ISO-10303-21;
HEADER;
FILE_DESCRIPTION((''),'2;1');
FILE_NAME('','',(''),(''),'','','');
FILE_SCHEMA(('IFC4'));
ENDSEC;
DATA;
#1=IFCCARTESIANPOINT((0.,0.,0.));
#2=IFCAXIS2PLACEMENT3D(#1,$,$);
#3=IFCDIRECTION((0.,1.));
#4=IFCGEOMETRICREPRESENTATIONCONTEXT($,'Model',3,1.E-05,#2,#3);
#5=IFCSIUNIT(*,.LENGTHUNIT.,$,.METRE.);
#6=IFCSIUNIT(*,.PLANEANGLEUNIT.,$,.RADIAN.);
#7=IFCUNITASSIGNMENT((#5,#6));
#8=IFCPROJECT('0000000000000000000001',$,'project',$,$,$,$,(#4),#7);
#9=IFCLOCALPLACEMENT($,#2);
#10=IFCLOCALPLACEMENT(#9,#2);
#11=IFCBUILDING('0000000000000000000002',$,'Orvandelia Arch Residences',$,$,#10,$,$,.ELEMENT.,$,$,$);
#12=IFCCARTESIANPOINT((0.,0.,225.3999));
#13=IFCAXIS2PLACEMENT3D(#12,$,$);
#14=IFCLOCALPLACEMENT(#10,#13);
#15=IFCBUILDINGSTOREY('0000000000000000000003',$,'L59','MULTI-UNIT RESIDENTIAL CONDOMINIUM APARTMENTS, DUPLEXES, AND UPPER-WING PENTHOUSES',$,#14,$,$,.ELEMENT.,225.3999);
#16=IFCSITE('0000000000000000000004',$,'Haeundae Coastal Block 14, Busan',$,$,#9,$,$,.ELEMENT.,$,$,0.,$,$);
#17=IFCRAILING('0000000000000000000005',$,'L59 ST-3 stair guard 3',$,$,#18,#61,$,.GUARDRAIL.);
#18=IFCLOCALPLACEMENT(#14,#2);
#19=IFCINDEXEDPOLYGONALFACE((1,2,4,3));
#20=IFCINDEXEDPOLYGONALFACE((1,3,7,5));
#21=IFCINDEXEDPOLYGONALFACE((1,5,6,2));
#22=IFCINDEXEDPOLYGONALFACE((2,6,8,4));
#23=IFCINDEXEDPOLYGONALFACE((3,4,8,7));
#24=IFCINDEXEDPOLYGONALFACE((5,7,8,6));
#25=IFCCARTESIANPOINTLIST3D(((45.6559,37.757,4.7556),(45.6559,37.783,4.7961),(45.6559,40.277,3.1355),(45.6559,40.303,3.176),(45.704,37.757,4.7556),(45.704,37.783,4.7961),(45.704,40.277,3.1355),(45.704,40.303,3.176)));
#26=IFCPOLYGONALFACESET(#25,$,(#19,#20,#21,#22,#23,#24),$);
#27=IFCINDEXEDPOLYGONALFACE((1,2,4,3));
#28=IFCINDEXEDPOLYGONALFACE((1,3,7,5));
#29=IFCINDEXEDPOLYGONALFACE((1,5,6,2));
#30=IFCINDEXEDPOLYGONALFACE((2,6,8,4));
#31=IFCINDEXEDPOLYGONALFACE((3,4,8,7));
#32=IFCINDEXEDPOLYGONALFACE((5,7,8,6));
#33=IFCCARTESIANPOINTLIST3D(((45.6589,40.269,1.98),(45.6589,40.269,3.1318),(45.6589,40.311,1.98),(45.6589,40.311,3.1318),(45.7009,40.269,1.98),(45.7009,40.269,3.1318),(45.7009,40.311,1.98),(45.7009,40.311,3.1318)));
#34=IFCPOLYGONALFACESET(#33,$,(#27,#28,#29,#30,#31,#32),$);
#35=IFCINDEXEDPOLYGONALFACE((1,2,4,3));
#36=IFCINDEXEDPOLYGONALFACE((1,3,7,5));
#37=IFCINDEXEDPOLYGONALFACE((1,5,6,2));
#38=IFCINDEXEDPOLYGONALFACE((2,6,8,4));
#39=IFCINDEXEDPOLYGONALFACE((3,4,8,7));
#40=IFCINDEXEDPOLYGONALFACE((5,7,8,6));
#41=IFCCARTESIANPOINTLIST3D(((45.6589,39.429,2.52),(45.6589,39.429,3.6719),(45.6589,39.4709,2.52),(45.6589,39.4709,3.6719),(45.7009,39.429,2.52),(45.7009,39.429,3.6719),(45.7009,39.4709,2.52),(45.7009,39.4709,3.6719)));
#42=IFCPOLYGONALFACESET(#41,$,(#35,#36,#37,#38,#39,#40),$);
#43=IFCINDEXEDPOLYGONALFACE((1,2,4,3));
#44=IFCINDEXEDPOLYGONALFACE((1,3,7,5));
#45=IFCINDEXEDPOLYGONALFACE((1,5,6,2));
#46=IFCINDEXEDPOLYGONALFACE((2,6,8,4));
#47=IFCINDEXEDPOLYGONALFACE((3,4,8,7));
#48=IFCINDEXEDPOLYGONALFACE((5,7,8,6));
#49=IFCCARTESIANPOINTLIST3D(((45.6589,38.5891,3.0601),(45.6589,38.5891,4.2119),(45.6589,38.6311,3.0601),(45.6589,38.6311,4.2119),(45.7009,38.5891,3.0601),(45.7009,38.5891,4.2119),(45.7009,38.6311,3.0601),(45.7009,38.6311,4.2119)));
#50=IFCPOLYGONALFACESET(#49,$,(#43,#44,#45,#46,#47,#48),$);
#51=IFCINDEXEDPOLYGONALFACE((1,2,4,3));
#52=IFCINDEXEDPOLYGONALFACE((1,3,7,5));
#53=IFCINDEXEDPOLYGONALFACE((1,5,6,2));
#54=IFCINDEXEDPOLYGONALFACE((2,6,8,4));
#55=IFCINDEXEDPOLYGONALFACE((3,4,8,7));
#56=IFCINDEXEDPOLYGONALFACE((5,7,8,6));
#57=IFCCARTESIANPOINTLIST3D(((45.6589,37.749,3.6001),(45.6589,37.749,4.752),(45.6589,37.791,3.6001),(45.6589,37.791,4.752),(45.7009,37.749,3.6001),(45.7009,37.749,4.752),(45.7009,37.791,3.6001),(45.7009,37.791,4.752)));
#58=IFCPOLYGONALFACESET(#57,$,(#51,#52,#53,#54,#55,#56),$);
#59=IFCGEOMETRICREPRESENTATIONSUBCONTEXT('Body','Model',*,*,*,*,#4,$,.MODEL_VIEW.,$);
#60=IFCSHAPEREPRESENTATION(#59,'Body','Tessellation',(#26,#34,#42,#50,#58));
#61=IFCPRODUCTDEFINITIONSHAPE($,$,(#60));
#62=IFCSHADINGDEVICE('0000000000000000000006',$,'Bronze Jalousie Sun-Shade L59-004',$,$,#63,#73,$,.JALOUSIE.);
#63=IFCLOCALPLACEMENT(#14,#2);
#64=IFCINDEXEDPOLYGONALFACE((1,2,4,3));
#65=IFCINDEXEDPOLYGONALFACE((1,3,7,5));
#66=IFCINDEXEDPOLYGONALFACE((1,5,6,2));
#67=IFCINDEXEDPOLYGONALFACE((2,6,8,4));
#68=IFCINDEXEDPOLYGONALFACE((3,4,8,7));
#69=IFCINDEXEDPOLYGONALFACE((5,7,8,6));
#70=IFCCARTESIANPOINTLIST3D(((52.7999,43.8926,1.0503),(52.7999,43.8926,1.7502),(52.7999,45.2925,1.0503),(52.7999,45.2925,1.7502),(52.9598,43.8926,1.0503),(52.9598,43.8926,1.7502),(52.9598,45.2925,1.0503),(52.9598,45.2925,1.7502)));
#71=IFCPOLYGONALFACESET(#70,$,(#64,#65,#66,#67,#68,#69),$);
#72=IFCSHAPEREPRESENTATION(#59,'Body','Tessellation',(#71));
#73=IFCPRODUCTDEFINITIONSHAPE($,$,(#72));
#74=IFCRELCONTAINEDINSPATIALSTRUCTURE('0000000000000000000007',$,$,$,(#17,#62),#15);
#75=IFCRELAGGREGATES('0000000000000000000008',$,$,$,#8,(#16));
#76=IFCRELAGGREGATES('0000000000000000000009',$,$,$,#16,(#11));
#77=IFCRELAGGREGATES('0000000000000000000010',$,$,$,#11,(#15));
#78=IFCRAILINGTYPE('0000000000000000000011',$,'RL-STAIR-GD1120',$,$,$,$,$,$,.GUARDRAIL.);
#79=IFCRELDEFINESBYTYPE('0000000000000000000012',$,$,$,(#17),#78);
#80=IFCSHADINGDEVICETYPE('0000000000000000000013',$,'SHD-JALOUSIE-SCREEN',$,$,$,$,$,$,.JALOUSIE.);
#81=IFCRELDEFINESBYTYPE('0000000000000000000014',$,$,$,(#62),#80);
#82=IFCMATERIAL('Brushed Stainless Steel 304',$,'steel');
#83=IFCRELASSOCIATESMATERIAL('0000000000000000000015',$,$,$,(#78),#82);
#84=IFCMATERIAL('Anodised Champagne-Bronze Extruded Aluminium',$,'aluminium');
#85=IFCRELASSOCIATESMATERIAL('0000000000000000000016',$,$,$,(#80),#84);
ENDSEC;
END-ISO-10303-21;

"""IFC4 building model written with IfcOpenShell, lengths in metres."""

from ifc_helpers import new_model, si_unit, direction, frame, origin, origin_2d, place, context, subcontext, project, spatial, rectangle, extrude, material, type_object, element, save


model = new_model("IFC4")

# Units and contexts
model_context = context("Model", 3, precision=1e-05, world=origin(), true_north=direction((0.0, 1.0)))
body_context = subcontext(model_context, "Body", "Model", "MODEL_VIEW")
ifc_project = project(units=[si_unit("LENGTHUNIT", "METRE"), si_unit("PLANEANGLEUNIT", "RADIAN")], contexts=[model_context])

# Site, building, storey
site_placement = place(None, origin())
site = spatial("IfcSite", under=ifc_project, at=site_placement, Name="Haeundae Coastal Block 14, Busan", CompositionType="ELEMENT", RefElevation=0.0)
building_placement = place(site_placement, origin())
building = spatial("IfcBuilding", under=site, at=building_placement, Name="Orvandelia Arch Residences", CompositionType="ELEMENT")
storey_placement = place(building_placement, frame((0.0, 0.0, 225.3999)))
storey = spatial("IfcBuildingStorey", under=building, at=storey_placement, Name="L59", Description="MULTI-UNIT RESIDENTIAL CONDOMINIUM APARTMENTS, DUPLEXES, AND UPPER-WING PENTHOUSES", CompositionType="ELEMENT", Elevation=225.3999)

# Railing
ifc_material_1 = material(Name="Brushed Stainless Steel 304", Category="steel")
railing_type = type_object("IfcRailingType", Name="RL-STAIR-GD1120", PredefinedType="GUARDRAIL", material=ifc_material_1)
railing_1_placement = place(storey_placement, frame((45.6799, 40.29, 1.98)))
element("IfcRailing", 1, at=railing_1_placement, inside=storey, type_object=railing_type, Name="L59 ST-3 stair guard 3", PredefinedType="GUARDRAIL", context=body_context, shape_type="SweptSolid", body=[
    extrude(rectangle(XDim=0.0481, YDim=0.0481, at=origin_2d()), frame((0.0, 0.0, 1.1758), z_axis=(0.0, -0.841163, 0.540782), x_axis=(1.0, 0.0, 0.0)), (0.0, 0.0, 1.0), 2.9958),
    extrude(rectangle(XDim=0.042, YDim=0.042, at=origin_2d()), origin(), (0.0, 0.0, 1.0), 1.1519),
    extrude(rectangle(XDim=0.042, YDim=0.042, at=origin_2d()), frame((0.0, -0.8401, 0.54)), (0.0, 0.0, 1.0), 1.1519),
    extrude(rectangle(XDim=0.042, YDim=0.042, at=origin_2d()), frame((0.0, -1.6799, 1.0801)), (0.0, 0.0, 1.0), 1.1519),
    extrude(rectangle(XDim=0.042, YDim=0.042, at=origin_2d()), frame((0.0, -2.52, 1.6201)), (0.0, 0.0, 1.0), 1.1519),
])

# Shading device
ifc_material_2 = material(Name="Anodised Champagne-Bronze Extruded Aluminium", Category="aluminium")
shading_device_type = type_object("IfcShadingDeviceType", Name="SHD-JALOUSIE-SCREEN", PredefinedType="JALOUSIE", material=ifc_material_2)
shading_device_placement = place(storey_placement, frame((52.8799, 44.5925, 1.0503), z_axis=(0.0, 0.0, 1.0), x_axis=(0.0, -1.0, 0.0)))
element("IfcShadingDevice", 2, at=shading_device_placement, inside=storey, type_object=shading_device_type, Name="Bronze Jalousie Sun-Shade L59-004", PredefinedType="JALOUSIE", context=body_context, shape_type="SweptSolid", body=[
    extrude(rectangle(XDim=1.3999, YDim=0.1599, at=origin_2d()), origin(), (0.0, 0.0, 1.0), 0.7),
])

save(model, "model.ifc")
